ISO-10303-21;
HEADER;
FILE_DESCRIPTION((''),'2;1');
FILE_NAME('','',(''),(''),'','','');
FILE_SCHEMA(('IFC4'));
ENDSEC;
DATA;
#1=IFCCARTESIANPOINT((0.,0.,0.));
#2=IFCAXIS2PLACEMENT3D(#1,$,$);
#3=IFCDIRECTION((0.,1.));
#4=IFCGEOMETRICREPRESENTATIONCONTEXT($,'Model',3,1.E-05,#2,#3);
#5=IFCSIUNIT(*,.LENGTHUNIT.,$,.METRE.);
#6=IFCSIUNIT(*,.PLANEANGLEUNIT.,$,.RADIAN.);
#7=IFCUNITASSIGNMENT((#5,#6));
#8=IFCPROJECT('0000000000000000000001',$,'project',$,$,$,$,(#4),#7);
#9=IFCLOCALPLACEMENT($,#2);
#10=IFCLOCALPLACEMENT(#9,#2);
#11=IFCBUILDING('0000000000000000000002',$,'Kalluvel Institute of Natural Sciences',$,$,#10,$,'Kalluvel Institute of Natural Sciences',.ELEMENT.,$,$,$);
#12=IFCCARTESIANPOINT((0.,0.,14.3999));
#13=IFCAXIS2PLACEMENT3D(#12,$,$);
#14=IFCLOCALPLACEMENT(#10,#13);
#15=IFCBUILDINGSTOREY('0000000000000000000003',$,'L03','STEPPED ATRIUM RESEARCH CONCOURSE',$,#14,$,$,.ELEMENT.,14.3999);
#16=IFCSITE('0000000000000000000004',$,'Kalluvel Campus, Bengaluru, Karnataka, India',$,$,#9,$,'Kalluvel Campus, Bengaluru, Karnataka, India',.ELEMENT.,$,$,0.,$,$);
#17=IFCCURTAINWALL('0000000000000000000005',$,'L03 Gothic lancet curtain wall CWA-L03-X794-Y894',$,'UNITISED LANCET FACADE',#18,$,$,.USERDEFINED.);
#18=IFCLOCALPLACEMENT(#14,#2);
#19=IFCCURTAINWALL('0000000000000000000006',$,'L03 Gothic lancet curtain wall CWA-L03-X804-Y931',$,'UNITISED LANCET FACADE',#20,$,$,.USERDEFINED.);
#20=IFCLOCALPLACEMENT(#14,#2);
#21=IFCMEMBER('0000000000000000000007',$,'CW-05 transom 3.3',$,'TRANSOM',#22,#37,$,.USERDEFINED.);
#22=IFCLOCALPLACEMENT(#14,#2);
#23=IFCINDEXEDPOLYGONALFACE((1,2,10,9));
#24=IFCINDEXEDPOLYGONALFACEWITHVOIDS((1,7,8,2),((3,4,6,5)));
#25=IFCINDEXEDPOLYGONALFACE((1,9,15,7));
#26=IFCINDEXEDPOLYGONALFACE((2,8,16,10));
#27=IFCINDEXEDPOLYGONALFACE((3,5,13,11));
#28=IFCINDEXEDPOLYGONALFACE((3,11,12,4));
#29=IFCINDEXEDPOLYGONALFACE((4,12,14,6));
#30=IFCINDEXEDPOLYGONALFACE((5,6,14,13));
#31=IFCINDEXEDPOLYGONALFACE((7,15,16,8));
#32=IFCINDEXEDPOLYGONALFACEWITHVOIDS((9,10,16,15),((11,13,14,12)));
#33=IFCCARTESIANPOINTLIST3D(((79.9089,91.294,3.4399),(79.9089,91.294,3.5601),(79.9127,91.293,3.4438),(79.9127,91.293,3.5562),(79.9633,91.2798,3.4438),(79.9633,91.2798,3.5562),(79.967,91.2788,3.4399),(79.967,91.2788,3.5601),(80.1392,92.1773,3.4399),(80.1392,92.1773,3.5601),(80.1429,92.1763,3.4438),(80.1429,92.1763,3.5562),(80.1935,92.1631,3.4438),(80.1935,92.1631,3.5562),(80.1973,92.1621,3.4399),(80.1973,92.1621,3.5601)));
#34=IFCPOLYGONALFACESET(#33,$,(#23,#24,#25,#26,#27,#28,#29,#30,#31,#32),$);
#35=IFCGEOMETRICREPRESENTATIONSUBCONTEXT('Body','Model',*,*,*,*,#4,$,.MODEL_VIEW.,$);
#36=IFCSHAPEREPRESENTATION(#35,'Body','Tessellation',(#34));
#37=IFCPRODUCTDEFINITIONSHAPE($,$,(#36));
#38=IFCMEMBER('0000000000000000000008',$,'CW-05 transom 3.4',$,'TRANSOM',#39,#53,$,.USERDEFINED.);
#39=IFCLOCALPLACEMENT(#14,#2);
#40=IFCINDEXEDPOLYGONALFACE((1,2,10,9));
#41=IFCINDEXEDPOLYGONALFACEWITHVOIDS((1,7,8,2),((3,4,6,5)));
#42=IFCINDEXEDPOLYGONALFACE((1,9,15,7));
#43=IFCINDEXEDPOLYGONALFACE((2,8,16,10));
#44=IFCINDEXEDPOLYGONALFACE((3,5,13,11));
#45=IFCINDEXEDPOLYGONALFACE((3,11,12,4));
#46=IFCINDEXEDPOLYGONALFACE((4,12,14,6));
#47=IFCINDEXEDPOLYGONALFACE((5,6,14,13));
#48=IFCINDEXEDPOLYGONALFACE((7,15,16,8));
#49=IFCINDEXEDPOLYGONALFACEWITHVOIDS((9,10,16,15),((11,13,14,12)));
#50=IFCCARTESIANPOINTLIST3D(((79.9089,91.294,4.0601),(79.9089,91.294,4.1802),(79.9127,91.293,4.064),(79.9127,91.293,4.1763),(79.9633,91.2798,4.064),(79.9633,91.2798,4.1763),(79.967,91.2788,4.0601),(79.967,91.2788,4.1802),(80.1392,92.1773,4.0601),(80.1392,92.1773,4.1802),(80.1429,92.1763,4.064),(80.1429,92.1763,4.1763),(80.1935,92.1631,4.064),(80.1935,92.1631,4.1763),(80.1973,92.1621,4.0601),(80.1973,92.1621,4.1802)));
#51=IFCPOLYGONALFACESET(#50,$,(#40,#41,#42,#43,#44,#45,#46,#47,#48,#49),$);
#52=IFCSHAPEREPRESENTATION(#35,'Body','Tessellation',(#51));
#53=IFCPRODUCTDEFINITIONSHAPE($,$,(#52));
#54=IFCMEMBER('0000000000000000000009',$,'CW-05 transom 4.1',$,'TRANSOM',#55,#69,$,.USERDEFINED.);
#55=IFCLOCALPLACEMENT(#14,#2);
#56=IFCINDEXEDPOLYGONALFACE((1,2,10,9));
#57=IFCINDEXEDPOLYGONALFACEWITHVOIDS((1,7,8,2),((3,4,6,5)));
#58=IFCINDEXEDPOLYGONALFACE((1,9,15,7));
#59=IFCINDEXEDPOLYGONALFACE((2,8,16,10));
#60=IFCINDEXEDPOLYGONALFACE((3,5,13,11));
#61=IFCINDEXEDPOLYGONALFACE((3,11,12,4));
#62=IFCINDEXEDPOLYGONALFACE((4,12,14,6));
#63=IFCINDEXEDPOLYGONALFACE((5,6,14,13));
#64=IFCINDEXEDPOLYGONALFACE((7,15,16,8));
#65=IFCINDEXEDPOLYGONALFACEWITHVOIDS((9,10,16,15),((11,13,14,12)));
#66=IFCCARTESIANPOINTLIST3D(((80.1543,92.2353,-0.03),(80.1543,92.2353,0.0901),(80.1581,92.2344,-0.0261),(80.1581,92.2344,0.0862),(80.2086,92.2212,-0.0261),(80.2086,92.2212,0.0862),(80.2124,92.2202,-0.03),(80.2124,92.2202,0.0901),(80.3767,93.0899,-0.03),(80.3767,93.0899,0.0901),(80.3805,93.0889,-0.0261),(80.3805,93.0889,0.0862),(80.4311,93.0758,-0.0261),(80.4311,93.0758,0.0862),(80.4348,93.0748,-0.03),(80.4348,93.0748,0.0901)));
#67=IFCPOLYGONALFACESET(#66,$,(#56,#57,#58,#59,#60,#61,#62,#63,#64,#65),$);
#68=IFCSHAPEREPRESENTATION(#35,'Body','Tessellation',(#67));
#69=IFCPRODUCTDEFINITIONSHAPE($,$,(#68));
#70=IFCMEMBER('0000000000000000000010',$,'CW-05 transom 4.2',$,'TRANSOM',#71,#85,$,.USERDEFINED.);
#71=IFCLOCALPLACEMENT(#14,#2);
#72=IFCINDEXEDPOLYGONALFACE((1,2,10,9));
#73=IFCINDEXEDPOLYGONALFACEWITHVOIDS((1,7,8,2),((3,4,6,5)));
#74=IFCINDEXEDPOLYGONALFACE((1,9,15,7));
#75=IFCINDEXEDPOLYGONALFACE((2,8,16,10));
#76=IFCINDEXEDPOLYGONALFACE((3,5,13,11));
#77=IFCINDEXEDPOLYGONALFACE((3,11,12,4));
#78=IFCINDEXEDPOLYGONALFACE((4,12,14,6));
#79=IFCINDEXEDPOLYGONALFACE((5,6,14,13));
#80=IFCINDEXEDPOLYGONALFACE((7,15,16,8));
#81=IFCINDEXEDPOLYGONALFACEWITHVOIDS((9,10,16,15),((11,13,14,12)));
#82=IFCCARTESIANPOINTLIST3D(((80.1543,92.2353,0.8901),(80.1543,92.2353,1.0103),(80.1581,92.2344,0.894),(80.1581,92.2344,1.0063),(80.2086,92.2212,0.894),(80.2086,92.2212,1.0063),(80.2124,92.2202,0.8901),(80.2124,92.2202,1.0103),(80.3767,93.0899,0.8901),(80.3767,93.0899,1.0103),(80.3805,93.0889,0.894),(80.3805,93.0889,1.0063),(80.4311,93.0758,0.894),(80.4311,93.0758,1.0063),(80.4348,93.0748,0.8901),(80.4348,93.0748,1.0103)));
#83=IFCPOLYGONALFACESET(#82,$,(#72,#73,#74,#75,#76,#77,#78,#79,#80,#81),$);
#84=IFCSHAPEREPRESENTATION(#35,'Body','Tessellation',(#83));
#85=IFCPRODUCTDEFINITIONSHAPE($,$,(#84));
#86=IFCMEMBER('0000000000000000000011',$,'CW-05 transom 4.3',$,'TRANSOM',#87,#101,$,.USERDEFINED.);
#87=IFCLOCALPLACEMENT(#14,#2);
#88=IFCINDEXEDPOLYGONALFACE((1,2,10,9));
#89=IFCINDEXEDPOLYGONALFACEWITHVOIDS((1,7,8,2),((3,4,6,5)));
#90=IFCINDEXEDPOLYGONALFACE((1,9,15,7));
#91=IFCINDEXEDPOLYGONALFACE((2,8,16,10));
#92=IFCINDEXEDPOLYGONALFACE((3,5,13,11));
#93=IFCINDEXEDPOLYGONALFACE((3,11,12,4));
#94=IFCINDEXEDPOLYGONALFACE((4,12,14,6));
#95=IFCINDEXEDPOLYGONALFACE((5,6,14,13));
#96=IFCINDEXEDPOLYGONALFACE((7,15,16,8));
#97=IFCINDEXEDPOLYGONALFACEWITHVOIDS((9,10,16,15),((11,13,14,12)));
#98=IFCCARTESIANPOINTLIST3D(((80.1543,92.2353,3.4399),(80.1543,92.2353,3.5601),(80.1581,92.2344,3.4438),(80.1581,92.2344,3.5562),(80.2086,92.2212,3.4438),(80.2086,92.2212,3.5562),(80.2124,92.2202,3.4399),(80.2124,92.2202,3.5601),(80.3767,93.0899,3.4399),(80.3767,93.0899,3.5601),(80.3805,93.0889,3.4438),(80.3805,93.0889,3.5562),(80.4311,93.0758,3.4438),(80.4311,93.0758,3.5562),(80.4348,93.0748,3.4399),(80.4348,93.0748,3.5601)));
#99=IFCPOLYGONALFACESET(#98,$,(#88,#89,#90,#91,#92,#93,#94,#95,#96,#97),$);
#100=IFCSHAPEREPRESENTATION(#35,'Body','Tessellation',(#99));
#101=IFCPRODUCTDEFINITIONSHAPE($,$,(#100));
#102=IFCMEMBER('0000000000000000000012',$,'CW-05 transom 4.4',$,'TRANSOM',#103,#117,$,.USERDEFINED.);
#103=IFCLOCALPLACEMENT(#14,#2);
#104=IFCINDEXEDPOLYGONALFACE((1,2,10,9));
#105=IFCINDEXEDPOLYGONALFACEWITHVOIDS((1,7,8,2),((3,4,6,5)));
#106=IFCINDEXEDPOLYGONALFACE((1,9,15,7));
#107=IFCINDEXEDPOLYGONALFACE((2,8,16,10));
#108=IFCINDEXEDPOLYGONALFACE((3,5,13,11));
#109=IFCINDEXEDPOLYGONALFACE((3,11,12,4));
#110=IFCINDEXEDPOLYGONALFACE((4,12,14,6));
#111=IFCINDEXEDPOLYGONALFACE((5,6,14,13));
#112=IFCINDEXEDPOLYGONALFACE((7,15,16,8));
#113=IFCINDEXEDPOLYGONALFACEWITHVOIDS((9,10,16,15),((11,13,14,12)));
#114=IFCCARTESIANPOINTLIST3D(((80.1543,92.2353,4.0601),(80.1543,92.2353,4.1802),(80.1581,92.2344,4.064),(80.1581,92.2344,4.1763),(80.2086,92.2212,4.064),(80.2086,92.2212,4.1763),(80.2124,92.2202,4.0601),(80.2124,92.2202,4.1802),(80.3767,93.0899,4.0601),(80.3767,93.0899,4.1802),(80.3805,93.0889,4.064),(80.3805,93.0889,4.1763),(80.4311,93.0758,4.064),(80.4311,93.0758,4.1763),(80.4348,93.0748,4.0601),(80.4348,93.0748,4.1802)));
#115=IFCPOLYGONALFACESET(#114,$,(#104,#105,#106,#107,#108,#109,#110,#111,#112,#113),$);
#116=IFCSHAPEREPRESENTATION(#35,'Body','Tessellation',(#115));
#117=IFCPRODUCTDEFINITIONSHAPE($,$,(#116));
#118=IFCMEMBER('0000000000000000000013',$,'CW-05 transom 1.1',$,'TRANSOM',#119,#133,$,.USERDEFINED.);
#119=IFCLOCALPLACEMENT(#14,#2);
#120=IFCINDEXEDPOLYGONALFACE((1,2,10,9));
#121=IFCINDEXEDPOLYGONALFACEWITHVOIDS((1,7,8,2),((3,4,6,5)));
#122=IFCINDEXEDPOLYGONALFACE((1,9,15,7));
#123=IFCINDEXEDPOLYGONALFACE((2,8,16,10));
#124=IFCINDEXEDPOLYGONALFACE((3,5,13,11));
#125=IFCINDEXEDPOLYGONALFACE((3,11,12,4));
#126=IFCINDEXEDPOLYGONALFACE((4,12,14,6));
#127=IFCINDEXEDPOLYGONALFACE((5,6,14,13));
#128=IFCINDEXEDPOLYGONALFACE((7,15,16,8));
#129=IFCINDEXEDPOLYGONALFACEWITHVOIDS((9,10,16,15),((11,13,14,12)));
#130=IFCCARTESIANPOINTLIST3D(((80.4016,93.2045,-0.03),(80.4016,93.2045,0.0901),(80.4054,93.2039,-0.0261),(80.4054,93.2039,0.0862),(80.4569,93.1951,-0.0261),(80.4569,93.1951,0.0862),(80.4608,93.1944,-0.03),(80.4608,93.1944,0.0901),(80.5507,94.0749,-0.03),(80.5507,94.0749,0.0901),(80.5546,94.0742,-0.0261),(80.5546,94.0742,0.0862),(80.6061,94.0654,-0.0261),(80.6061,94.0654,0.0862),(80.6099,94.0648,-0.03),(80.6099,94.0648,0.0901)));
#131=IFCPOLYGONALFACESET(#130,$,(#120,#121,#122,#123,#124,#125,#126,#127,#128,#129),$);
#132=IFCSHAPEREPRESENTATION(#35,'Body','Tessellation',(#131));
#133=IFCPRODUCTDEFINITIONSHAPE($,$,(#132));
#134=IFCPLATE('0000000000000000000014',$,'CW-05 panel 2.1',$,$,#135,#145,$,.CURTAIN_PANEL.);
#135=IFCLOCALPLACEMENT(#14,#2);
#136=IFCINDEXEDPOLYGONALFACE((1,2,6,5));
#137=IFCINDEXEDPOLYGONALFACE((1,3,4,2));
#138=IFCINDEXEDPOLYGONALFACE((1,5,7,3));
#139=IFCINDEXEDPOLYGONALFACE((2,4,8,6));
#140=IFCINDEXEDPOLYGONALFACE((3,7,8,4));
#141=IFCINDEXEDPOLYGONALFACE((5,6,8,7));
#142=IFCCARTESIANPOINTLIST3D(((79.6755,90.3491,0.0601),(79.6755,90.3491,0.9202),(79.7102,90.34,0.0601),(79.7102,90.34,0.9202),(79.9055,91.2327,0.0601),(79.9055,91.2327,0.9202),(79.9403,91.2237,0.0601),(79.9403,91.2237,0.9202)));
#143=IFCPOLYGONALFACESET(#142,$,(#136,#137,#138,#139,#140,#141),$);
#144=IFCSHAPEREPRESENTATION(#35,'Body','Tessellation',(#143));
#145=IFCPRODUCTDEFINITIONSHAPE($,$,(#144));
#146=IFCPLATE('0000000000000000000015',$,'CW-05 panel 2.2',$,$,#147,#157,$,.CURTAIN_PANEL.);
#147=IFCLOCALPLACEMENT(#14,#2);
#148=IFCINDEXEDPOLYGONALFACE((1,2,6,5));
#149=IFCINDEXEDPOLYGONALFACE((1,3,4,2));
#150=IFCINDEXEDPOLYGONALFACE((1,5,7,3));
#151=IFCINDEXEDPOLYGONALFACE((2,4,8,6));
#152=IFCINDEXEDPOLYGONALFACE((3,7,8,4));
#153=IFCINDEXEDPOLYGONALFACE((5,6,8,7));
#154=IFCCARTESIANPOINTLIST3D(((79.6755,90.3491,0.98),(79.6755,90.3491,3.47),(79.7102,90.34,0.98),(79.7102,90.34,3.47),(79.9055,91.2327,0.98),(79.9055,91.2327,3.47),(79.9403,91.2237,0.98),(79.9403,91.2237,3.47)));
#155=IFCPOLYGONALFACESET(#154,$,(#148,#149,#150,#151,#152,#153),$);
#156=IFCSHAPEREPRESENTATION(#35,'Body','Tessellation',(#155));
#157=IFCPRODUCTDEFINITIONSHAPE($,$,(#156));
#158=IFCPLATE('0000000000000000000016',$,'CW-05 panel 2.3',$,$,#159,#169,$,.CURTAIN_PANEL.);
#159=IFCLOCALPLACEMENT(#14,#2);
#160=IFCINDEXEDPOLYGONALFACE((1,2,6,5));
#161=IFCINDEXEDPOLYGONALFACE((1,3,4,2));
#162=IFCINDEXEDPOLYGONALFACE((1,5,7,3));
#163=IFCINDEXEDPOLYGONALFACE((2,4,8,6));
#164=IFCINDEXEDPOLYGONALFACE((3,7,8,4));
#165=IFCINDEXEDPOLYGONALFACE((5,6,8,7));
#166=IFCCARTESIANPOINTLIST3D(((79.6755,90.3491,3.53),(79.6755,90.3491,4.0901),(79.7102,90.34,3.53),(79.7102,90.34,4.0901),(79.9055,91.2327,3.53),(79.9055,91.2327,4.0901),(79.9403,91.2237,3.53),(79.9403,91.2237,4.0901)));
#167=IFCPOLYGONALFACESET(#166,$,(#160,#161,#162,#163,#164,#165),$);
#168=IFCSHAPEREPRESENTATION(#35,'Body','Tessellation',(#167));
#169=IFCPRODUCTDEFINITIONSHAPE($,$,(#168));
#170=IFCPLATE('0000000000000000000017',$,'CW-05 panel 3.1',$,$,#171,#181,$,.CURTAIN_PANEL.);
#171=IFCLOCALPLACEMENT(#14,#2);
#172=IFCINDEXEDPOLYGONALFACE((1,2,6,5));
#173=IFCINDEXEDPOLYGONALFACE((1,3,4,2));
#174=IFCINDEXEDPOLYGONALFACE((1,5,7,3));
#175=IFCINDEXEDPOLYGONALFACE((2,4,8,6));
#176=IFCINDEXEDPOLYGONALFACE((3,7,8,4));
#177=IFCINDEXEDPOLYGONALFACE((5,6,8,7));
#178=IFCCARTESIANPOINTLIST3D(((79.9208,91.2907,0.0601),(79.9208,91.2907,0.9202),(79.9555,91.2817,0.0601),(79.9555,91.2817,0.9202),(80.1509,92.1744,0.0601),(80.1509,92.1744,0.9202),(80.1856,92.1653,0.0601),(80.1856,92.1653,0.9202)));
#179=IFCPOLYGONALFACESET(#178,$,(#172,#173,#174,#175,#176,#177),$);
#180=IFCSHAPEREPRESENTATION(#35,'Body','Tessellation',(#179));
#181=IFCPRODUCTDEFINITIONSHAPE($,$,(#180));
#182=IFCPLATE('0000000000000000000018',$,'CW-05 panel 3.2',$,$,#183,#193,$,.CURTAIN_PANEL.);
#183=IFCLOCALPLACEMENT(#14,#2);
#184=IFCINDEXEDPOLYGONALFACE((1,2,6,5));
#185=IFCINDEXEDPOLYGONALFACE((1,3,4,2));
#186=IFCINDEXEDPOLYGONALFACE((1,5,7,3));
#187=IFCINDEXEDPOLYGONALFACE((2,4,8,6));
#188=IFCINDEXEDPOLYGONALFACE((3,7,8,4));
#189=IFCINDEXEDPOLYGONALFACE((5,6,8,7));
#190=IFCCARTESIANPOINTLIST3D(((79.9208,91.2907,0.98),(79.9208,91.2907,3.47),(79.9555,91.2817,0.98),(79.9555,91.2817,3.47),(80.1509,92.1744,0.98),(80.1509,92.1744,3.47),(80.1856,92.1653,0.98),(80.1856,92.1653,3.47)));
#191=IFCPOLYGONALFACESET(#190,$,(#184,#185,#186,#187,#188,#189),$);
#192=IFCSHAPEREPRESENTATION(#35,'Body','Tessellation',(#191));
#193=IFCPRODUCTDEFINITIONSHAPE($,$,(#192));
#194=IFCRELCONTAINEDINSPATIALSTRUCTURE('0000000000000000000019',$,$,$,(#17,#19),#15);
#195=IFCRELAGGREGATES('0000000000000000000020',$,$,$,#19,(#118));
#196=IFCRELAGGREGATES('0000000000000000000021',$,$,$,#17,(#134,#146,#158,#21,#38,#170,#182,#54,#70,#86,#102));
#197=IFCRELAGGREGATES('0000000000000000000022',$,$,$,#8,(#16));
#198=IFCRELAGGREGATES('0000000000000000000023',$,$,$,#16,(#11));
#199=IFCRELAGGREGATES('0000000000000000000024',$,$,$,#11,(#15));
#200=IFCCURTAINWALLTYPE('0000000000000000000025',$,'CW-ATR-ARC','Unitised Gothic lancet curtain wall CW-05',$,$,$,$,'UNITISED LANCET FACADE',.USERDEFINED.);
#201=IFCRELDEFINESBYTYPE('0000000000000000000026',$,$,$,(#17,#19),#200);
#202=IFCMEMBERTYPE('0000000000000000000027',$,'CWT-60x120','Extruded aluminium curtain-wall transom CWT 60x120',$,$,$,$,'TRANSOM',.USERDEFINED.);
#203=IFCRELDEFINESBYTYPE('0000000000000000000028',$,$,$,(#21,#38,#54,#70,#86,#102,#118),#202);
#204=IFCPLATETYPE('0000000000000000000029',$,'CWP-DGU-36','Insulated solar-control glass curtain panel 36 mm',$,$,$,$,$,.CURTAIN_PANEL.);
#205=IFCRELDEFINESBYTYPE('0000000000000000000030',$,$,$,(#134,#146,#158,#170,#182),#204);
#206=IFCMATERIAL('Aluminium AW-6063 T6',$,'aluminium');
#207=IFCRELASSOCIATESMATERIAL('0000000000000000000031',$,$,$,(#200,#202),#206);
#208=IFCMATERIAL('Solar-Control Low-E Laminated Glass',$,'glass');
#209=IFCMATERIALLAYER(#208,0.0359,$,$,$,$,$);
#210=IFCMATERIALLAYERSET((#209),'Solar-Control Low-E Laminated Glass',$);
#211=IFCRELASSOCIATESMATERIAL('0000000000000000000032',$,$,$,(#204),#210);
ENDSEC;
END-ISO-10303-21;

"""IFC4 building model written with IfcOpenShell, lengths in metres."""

from ifc_helpers import new_model, si_unit, direction, frame, origin, origin_2d, place, context, subcontext, project, spatial, rectangle, hollow_rectangle, extrude, material, layer, layer_set, material_profile, profile_set, type_object, element, aggregate, save


model = new_model("IFC4")

# Units and contexts
model_context = context("Model", 3, precision=1e-05, world=origin(), true_north=direction((0.0, 1.0)))
body_context = subcontext(model_context, "Body", "Model", "MODEL_VIEW")
ifc_project = project(units=[si_unit("LENGTHUNIT", "METRE"), si_unit("PLANEANGLEUNIT", "RADIAN")], contexts=[model_context])

# Site, building, storey
site_placement = place(None, origin())
site = spatial("IfcSite", under=ifc_project, at=site_placement, Name="Kalluvel Campus, Bengaluru, Karnataka, India", LongName="Kalluvel Campus, Bengaluru, Karnataka, India", CompositionType="ELEMENT", RefElevation=0.0)
building_placement = place(site_placement, origin())
building = spatial("IfcBuilding", under=site, at=building_placement, Name="Kalluvel Institute of Natural Sciences", LongName="Kalluvel Institute of Natural Sciences", CompositionType="ELEMENT")
storey_placement = place(building_placement, frame((0.0, 0.0, 14.3999)))
storey = spatial("IfcBuildingStorey", under=building, at=storey_placement, Name="L03", Description="STEPPED ATRIUM RESEARCH CONCOURSE", CompositionType="ELEMENT", Elevation=14.3999)

# Curtain wall
ifc_material_1 = material(Name="Aluminium AW-6063 T6", Category="aluminium")
curtain_wall_type = type_object("IfcCurtainWallType", Name="CW-ATR-ARC", Description="Unitised Gothic lancet curtain wall CW-05", ElementType="UNITISED LANCET FACADE", PredefinedType="USERDEFINED", material=ifc_material_1)
curtain_wall_1_placement = place(storey_placement, origin())
curtain_wall_1 = element("IfcCurtainWall", 1, at=curtain_wall_1_placement, inside=storey, type_object=curtain_wall_type, Name="L03 Gothic lancet curtain wall CWA-L03-X794-Y894", ObjectType="UNITISED LANCET FACADE", PredefinedType="USERDEFINED")

# Curtain wall
curtain_wall_2_placement = place(storey_placement, origin())
curtain_wall_2 = element("IfcCurtainWall", 2, at=curtain_wall_2_placement, inside=storey, type_object=curtain_wall_type, Name="L03 Gothic lancet curtain wall CWA-L03-X804-Y931", ObjectType="UNITISED LANCET FACADE", PredefinedType="USERDEFINED")

# Members
ifc_material_profile_1 = material_profile(ifc_material_1, hollow_rectangle(XDim=0.0601, YDim=0.1201, WallThickness=0.0039, at=origin_2d()), Name="CWT 60x120")
ifc_profile_set_1 = profile_set([ifc_material_profile_1], Name="Aluminium AW-6063 T6")
member_type_1 = type_object("IfcMemberType", Name="CWT-60x120", Description="Extruded aluminium curtain-wall transom CWT 60x120", ElementType="TRANSOM", PredefinedType="USERDEFINED", material=ifc_profile_set_1)
member_1_placement = place(storey_placement, frame((79.938, 91.2864, 3.5), z_axis=(0.252215, 0.967671, 0.0), x_axis=(-0.967671, 0.252215, 0.0)))
member_1 = element("IfcMember", 3, at=member_1_placement, type_object=member_type_1, Name="CW-05 transom 3.3", ObjectType="TRANSOM", PredefinedType="USERDEFINED", context=body_context, shape_type="SweptSolid", body=[
    extrude(hollow_rectangle(XDim=0.0601, YDim=0.1201, WallThickness=0.0039, at=origin_2d()), origin(), (0.0, 0.0, 1.0), 0.9128),
])
member_2_placement = place(storey_placement, frame((79.938, 91.2864, 4.1201), z_axis=(0.252215, 0.967671, 0.0), x_axis=(-0.967671, 0.252215, 0.0)))
member_2 = element("IfcMember", 4, at=member_2_placement, type_object=member_type_1, Name="CW-05 transom 3.4", ObjectType="TRANSOM", PredefinedType="USERDEFINED", context=body_context, shape_type="SweptSolid", body=[
    extrude(hollow_rectangle(XDim=0.0601, YDim=0.1201, WallThickness=0.0039, at=origin_2d()), origin(), (0.0, 0.0, 1.0), 0.9128),
])
member_3_placement = place(storey_placement, frame((80.1833, 92.2278, 0.03), z_axis=(0.251893, 0.967755, 0.0), x_axis=(-0.967755, 0.251893, 0.0)))
member_3 = element("IfcMember", 5, at=member_3_placement, type_object=member_type_1, Name="CW-05 transom 4.1", ObjectType="TRANSOM", PredefinedType="USERDEFINED", context=body_context, shape_type="SweptSolid", body=[
    extrude(hollow_rectangle(XDim=0.0601, YDim=0.1201, WallThickness=0.0039, at=origin_2d()), origin(), (0.0, 0.0, 1.0), 0.8831),
])
member_4_placement = place(storey_placement, frame((80.1833, 92.2278, 0.9502), z_axis=(0.251893, 0.967755, 0.0), x_axis=(-0.967755, 0.251893, 0.0)))
member_4 = element("IfcMember", 6, at=member_4_placement, type_object=member_type_1, Name="CW-05 transom 4.2", ObjectType="TRANSOM", PredefinedType="USERDEFINED", context=body_context, shape_type="SweptSolid", body=[
    extrude(hollow_rectangle(XDim=0.0601, YDim=0.1201, WallThickness=0.0039, at=origin_2d()), origin(), (0.0, 0.0, 1.0), 0.8831),
])
member_5_placement = place(storey_placement, frame((80.1833, 92.2278, 3.5), z_axis=(0.251893, 0.967755, 0.0), x_axis=(-0.967755, 0.251893, 0.0)))
member_5 = element("IfcMember", 7, at=member_5_placement, type_object=member_type_1, Name="CW-05 transom 4.3", ObjectType="TRANSOM", PredefinedType="USERDEFINED", context=body_context, shape_type="SweptSolid", body=[
    extrude(hollow_rectangle(XDim=0.0601, YDim=0.1201, WallThickness=0.0039, at=origin_2d()), origin(), (0.0, 0.0, 1.0), 0.8831),
])
member_6_placement = place(storey_placement, frame((80.1833, 92.2278, 4.1201), z_axis=(0.251893, 0.967755, 0.0), x_axis=(-0.967755, 0.251893, 0.0)))
member_6 = element("IfcMember", 8, at=member_6_placement, type_object=member_type_1, Name="CW-05 transom 4.4", ObjectType="TRANSOM", PredefinedType="USERDEFINED", context=body_context, shape_type="SweptSolid", body=[
    extrude(hollow_rectangle(XDim=0.0601, YDim=0.1201, WallThickness=0.0039, at=origin_2d()), origin(), (0.0, 0.0, 1.0), 0.8831),
])
member_7_placement = place(storey_placement, frame((80.4312, 93.1995, 0.03), z_axis=(0.168925, 0.985629, 0.0), x_axis=(-0.985629, 0.168925, 0.0)))
member_7 = element("IfcMember", 9, at=member_7_placement, type_object=member_type_1, Name="CW-05 transom 1.1", ObjectType="TRANSOM", PredefinedType="USERDEFINED", context=body_context, shape_type="SweptSolid", body=[
    extrude(hollow_rectangle(XDim=0.0601, YDim=0.1201, WallThickness=0.0039, at=origin_2d()), origin(), (0.0, 0.0, 1.0), 0.8831),
])
aggregate(curtain_wall_2, [member_7])

# Plates
ifc_material_2 = material(Name="Solar-Control Low-E Laminated Glass", Category="glass")
ifc_layer = layer(ifc_material_2, 0.0359)
ifc_layer_set = layer_set([ifc_layer], Name="Solar-Control Low-E Laminated Glass")
plate_type = type_object("IfcPlateType", Name="CWP-DGU-36", Description="Insulated solar-control glass curtain panel 36 mm", PredefinedType="CURTAIN_PANEL", material=ifc_layer_set)
plate_1_placement = place(storey_placement, frame((79.8079, 90.7864, 0.0601), z_axis=(0.0, 0.0, 1.0), x_axis=(0.251986, 0.967731, 0.0)))
plate_1 = element("IfcPlate", 10, at=plate_1_placement, type_object=plate_type, Name="CW-05 panel 2.1", PredefinedType="CURTAIN_PANEL", context=body_context, shape_type="SweptSolid", body=[
    extrude(rectangle(XDim=0.9131, YDim=0.0359, at=origin_2d()), origin(), (0.0, 0.0, 1.0), 0.8601),
])
plate_2_placement = place(storey_placement, frame((79.8079, 90.7864, 0.98), z_axis=(0.0, 0.0, 1.0), x_axis=(0.251986, 0.967731, 0.0)))
plate_2 = element("IfcPlate", 11, at=plate_2_placement, type_object=plate_type, Name="CW-05 panel 2.2", PredefinedType="CURTAIN_PANEL", context=body_context, shape_type="SweptSolid", body=[
    extrude(rectangle(XDim=0.9131, YDim=0.0359, at=origin_2d()), origin(), (0.0, 0.0, 1.0), 2.49),
])
plate_3_placement = place(storey_placement, frame((79.8079, 90.7864, 3.53), z_axis=(0.0, 0.0, 1.0), x_axis=(0.251986, 0.967731, 0.0)))
plate_3 = element("IfcPlate", 12, at=plate_3_placement, type_object=plate_type, Name="CW-05 panel 2.3", PredefinedType="CURTAIN_PANEL", context=body_context, shape_type="SweptSolid", body=[
    extrude(rectangle(XDim=0.9131, YDim=0.0359, at=origin_2d()), origin(), (0.0, 0.0, 1.0), 0.5601),
])
plate_4_placement = place(storey_placement, frame((80.0532, 91.728, 0.0601), z_axis=(0.0, 0.0, 1.0), x_axis=(0.251986, 0.967731, 0.0)))
plate_4 = element("IfcPlate", 13, at=plate_4_placement, type_object=plate_type, Name="CW-05 panel 3.1", PredefinedType="CURTAIN_PANEL", context=body_context, shape_type="SweptSolid", body=[
    extrude(rectangle(XDim=0.9131, YDim=0.0359, at=origin_2d()), origin(), (0.0, 0.0, 1.0), 0.8601),
])
plate_5_placement = place(storey_placement, frame((80.0532, 91.728, 0.98), z_axis=(0.0, 0.0, 1.0), x_axis=(0.251986, 0.967731, 0.0)))
plate_5 = element("IfcPlate", 14, at=plate_5_placement, type_object=plate_type, Name="CW-05 panel 3.2", PredefinedType="CURTAIN_PANEL", context=body_context, shape_type="SweptSolid", body=[
    extrude(rectangle(XDim=0.9131, YDim=0.0359, at=origin_2d()), origin(), (0.0, 0.0, 1.0), 2.49),
])
aggregate(curtain_wall_1, [plate_1, plate_2, plate_3, member_1, member_2, plate_4, plate_5, member_3, member_4, member_5, member_6])

save(model, "model.ifc")
